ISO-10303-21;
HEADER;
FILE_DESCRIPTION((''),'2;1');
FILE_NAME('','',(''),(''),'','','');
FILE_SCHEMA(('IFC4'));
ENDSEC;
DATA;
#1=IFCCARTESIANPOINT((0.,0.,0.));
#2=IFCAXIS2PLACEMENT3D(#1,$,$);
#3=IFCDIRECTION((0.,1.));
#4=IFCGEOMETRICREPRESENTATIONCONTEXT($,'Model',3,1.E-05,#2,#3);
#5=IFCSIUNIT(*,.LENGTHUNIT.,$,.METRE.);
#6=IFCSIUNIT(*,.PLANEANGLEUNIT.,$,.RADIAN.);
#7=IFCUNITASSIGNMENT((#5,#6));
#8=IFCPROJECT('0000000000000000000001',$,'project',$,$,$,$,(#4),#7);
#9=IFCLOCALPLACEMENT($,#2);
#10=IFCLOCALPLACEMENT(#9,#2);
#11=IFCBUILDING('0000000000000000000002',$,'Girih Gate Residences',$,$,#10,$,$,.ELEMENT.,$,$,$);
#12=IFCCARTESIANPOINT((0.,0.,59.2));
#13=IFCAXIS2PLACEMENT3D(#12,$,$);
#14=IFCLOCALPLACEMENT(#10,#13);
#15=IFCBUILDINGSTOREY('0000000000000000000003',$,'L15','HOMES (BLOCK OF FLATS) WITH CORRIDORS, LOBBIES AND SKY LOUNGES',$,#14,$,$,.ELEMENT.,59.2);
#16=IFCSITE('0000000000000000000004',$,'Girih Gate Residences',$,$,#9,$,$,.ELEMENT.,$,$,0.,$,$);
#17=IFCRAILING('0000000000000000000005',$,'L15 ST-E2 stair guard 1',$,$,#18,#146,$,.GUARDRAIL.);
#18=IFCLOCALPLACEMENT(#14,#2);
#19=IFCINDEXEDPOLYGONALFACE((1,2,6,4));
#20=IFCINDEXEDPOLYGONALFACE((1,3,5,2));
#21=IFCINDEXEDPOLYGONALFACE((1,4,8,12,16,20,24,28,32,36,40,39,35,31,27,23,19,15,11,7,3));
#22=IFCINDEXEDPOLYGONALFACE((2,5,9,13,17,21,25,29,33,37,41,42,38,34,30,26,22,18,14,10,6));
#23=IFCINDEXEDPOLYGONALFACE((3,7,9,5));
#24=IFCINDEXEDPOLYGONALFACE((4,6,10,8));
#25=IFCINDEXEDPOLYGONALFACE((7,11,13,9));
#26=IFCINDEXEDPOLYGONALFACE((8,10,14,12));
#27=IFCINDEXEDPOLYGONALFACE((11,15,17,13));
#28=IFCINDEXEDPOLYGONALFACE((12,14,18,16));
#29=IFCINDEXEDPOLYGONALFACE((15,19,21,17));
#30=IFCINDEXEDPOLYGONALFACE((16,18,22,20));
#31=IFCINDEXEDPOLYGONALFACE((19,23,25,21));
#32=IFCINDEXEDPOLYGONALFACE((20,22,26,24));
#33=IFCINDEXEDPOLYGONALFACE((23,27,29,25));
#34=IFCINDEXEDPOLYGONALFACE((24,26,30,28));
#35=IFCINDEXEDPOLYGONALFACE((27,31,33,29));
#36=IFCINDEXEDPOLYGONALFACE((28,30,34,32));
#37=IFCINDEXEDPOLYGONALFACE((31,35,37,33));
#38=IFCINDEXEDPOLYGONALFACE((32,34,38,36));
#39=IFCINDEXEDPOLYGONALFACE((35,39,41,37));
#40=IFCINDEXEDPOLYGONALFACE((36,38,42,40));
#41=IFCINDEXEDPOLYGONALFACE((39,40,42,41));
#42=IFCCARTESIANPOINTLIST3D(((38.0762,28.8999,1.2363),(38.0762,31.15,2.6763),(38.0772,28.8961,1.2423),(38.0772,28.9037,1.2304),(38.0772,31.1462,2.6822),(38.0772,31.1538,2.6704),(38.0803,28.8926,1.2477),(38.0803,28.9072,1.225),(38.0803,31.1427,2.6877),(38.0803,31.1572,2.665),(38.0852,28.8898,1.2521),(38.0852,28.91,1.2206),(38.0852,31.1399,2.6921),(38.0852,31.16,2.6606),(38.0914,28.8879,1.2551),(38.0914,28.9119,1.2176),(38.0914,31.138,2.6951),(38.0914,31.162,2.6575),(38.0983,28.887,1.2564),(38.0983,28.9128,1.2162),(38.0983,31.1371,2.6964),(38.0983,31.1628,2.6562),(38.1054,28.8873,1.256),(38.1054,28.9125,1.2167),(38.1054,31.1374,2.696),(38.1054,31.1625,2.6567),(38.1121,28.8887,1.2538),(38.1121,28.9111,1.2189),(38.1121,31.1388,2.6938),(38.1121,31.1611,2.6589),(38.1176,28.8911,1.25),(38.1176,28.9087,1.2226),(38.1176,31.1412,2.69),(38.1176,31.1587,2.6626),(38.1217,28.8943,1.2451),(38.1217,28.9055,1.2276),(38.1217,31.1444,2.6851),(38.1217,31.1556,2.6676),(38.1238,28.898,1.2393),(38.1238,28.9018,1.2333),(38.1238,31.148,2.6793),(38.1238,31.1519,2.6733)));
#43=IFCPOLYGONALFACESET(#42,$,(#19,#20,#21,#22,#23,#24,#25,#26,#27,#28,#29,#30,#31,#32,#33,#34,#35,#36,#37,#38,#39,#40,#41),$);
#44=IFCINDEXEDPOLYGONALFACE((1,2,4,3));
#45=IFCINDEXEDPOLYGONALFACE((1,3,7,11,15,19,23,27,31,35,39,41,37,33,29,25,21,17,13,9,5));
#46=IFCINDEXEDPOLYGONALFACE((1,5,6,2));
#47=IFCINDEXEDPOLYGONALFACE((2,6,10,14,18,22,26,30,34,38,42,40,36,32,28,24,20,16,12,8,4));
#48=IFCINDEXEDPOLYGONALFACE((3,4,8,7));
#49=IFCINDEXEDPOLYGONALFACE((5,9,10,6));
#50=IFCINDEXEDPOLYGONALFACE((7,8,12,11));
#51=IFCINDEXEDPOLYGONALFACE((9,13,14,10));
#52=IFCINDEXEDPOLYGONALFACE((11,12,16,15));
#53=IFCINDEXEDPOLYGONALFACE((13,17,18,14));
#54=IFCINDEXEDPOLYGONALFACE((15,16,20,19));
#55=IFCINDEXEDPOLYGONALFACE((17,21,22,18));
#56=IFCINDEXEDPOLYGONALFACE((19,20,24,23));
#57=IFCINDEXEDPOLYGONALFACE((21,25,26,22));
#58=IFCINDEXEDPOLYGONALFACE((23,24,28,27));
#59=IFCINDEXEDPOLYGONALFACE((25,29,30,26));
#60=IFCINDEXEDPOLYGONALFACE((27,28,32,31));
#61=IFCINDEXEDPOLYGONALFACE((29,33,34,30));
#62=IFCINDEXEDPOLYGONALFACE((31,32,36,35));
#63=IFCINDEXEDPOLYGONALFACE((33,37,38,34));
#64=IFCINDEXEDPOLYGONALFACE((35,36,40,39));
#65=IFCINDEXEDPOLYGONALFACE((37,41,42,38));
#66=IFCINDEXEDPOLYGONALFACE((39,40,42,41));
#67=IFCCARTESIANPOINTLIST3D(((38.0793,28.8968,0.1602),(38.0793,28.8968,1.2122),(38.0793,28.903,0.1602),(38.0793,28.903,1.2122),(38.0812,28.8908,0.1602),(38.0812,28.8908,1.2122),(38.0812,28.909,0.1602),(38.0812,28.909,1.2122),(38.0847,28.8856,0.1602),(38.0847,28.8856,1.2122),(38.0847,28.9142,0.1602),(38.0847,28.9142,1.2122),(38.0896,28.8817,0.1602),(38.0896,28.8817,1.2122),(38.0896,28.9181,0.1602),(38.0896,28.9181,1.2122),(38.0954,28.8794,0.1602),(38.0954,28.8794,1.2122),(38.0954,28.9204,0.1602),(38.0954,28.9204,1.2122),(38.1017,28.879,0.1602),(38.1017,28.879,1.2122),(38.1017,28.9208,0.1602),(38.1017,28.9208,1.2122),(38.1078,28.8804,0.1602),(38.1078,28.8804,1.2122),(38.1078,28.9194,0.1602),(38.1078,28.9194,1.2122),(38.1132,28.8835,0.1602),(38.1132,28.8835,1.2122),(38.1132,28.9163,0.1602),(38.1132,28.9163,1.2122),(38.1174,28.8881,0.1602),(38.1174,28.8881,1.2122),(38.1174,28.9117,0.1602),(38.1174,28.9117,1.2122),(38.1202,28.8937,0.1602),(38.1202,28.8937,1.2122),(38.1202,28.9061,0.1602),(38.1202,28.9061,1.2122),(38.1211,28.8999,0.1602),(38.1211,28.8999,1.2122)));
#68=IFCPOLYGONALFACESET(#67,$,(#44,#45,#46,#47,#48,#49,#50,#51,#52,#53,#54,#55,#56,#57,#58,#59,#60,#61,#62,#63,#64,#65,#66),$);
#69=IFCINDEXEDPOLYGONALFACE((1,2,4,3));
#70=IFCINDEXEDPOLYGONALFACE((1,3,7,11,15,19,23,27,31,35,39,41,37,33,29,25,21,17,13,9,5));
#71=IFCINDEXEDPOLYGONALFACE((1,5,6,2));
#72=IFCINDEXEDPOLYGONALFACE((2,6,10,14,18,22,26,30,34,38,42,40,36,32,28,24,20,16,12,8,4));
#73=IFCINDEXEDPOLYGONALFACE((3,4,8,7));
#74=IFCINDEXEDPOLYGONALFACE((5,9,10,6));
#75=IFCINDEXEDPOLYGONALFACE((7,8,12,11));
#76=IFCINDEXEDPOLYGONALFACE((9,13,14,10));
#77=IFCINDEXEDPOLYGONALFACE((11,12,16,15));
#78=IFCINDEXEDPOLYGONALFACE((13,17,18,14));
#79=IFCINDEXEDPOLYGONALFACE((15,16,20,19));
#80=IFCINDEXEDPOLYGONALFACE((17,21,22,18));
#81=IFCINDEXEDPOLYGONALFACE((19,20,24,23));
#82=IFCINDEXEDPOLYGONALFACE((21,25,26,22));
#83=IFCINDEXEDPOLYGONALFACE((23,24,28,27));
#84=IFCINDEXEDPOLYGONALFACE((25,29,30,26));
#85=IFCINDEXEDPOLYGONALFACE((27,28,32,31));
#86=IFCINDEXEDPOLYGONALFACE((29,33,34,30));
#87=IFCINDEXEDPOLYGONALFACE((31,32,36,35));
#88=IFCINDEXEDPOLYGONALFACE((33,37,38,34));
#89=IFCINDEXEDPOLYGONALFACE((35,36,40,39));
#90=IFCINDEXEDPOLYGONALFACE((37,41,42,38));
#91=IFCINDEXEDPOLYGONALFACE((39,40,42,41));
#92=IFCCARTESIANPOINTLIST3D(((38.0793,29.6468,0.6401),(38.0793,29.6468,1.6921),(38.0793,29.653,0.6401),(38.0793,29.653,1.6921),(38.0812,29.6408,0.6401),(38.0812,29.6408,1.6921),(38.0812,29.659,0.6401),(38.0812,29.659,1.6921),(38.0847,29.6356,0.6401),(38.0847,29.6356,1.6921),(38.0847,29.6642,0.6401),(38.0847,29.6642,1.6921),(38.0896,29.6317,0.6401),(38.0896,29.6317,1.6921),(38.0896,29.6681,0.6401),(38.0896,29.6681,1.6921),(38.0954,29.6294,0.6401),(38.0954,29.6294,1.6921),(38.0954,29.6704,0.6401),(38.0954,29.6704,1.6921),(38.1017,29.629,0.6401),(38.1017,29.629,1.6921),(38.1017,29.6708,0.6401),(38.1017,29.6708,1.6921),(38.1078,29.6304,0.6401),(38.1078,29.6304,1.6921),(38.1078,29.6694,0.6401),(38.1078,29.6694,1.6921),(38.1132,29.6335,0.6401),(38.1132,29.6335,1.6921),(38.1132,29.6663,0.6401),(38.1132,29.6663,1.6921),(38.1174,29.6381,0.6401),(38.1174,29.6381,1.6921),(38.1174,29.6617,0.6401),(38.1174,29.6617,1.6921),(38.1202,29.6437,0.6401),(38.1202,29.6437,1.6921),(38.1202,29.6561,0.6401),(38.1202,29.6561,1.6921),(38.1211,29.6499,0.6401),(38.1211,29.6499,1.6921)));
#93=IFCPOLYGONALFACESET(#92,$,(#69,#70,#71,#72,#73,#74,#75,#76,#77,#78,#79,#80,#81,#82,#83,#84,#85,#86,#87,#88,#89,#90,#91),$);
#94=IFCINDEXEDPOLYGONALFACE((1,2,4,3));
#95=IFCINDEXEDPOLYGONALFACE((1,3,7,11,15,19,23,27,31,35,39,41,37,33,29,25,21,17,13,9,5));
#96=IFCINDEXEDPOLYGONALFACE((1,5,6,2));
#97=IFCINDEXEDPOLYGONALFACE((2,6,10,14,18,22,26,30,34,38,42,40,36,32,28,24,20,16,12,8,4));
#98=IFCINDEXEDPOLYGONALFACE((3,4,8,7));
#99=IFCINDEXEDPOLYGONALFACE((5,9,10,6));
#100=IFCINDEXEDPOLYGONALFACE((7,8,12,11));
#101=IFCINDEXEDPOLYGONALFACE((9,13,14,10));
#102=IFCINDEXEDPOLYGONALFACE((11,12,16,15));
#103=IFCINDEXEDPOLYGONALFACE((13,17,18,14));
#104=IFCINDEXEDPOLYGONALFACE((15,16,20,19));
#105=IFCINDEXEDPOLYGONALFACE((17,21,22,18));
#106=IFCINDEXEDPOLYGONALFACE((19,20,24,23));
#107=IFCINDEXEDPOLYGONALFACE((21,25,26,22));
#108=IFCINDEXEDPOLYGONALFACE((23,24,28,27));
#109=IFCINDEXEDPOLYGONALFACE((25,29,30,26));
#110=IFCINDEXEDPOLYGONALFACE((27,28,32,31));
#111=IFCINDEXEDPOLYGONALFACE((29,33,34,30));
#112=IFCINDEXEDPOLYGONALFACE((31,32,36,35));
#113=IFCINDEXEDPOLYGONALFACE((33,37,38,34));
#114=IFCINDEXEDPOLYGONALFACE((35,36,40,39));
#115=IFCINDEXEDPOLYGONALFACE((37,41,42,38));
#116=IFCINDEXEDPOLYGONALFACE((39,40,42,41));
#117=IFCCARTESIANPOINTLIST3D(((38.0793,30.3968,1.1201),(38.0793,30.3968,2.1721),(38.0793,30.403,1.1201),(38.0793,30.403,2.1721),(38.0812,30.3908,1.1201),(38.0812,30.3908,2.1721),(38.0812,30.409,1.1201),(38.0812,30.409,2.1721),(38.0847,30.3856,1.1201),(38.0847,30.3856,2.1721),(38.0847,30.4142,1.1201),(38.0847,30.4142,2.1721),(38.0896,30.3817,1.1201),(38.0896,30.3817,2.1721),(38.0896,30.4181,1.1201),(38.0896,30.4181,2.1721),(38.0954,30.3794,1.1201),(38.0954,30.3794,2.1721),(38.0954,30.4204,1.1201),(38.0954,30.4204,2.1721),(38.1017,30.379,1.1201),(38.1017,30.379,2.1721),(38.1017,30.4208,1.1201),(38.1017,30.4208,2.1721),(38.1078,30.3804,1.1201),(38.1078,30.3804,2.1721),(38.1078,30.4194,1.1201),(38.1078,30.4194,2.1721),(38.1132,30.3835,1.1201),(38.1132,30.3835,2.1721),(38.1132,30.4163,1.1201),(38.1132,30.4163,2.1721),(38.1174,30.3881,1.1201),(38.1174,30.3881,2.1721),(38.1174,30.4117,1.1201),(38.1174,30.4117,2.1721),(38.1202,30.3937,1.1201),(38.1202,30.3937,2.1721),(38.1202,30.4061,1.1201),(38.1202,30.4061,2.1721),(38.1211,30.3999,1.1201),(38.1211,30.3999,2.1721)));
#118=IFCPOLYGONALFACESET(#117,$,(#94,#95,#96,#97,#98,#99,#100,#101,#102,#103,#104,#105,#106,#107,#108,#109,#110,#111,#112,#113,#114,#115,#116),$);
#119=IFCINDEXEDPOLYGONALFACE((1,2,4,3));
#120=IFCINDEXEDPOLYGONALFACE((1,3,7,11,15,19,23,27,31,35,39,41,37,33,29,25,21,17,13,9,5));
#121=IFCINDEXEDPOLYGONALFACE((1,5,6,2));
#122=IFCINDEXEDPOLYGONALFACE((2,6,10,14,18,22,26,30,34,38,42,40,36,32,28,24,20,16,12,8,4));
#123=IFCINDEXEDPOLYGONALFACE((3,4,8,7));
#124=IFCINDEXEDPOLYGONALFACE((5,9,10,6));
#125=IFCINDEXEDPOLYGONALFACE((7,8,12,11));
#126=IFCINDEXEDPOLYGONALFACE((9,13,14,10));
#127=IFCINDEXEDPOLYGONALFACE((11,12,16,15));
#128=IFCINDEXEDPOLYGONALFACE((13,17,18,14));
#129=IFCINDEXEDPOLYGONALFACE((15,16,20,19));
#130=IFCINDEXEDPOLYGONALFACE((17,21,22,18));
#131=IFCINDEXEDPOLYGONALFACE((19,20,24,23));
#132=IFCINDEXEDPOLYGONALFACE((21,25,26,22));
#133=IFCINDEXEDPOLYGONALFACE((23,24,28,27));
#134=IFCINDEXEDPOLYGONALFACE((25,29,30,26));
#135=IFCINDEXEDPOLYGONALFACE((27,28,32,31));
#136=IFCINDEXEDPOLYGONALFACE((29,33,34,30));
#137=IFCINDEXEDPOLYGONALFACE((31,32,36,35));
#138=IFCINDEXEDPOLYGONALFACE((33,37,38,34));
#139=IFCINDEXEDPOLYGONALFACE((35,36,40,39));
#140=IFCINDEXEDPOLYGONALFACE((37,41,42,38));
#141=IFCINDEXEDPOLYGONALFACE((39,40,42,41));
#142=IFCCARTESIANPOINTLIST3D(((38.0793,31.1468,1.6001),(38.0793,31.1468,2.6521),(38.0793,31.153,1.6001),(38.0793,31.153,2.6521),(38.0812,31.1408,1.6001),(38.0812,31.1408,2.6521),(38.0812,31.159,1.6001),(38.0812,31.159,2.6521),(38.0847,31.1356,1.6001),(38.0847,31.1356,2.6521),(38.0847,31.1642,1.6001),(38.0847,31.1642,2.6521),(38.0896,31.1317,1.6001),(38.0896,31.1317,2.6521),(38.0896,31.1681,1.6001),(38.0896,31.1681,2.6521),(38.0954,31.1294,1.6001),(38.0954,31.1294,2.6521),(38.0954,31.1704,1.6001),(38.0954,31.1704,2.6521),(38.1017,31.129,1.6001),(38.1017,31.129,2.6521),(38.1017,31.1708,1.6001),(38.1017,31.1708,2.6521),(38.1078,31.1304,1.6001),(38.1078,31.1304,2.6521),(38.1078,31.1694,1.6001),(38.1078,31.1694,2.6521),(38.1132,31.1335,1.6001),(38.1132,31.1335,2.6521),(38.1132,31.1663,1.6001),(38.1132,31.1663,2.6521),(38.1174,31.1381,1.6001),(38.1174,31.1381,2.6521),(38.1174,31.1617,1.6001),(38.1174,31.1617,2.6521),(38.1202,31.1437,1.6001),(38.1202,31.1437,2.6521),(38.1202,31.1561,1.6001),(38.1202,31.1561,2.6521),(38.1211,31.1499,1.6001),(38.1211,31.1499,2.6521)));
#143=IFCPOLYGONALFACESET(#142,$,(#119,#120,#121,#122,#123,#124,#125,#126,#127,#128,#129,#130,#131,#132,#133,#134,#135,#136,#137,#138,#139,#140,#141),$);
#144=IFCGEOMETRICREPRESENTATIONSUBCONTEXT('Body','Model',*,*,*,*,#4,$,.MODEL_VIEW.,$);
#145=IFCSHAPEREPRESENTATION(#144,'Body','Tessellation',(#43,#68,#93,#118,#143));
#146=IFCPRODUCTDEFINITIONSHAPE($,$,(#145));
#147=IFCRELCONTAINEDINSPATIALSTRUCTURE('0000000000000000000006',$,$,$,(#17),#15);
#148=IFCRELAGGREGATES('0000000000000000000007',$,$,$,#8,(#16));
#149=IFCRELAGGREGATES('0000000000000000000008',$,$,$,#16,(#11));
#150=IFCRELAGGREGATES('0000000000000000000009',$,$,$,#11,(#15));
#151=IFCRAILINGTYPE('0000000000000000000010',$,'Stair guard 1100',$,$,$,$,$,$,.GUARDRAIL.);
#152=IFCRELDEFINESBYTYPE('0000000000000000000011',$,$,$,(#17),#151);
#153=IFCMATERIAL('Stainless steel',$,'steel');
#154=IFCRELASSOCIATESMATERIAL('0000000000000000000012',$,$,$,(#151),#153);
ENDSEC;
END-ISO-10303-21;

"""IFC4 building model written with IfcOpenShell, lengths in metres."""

from ifc_helpers import new_model, si_unit, direction, frame, origin, origin_2d, place, context, subcontext, project, spatial, circle, extrude, material, type_object, element, save


model = new_model("IFC4")

# Units and contexts
model_context = context("Model", 3, precision=1e-05, world=origin(), true_north=direction((0.0, 1.0)))
body_context = subcontext(model_context, "Body", "Model", "MODEL_VIEW")
ifc_project = project(units=[si_unit("LENGTHUNIT", "METRE"), si_unit("PLANEANGLEUNIT", "RADIAN")], contexts=[model_context])

# Site, building, storey
site_placement = place(None, origin())
site = spatial("IfcSite", under=ifc_project, at=site_placement, Name="Girih Gate Residences", CompositionType="ELEMENT", RefElevation=0.0)
building_placement = place(site_placement, origin())
building = spatial("IfcBuilding", under=site, at=building_placement, Name="Girih Gate Residences", CompositionType="ELEMENT")
storey_placement = place(building_placement, frame((0.0, 0.0, 59.2)))
storey = spatial("IfcBuildingStorey", under=building, at=storey_placement, Name="L15", Description="HOMES (BLOCK OF FLATS) WITH CORRIDORS, LOBBIES AND SKY LOUNGES", CompositionType="ELEMENT", Elevation=59.2)

# Railing
ifc_material_1 = material(Name="Stainless steel", Category="steel")
railing_type_1 = type_object("IfcRailingType", Name="Stair guard 1100", PredefinedType="GUARDRAIL", material=ifc_material_1)
railing_1_placement = place(storey_placement, frame((38.1001, 28.8999, 0.1602)))
element("IfcRailing", 1, at=railing_1_placement, inside=storey, type_object=railing_type_1, Name="L15 ST-E2 stair guard 1", PredefinedType="GUARDRAIL", context=body_context, shape_type="SweptSolid", body=[
    extrude(circle(Radius=0.0239, at=origin_2d()), frame((0.0, 0.0, 1.0762), z_axis=(0.0, 0.842281, 0.539038), x_axis=(-1.0, 0.0, 0.0)), (0.0, 0.0, 1.0), 2.6714),
    extrude(circle(Radius=0.021, at=origin_2d()), origin(), (0.0, 0.0, 1.0), 1.052),
    extrude(circle(Radius=0.021, at=origin_2d()), frame((0.0, 0.75, 0.48)), (0.0, 0.0, 1.0), 1.052),
    extrude(circle(Radius=0.021, at=origin_2d()), frame((0.0, 1.5, 0.96)), (0.0, 0.0, 1.0), 1.052),
    extrude(circle(Radius=0.021, at=origin_2d()), frame((0.0, 2.25, 1.4399)), (0.0, 0.0, 1.0), 1.052),
])

save(model, "model.ifc")
